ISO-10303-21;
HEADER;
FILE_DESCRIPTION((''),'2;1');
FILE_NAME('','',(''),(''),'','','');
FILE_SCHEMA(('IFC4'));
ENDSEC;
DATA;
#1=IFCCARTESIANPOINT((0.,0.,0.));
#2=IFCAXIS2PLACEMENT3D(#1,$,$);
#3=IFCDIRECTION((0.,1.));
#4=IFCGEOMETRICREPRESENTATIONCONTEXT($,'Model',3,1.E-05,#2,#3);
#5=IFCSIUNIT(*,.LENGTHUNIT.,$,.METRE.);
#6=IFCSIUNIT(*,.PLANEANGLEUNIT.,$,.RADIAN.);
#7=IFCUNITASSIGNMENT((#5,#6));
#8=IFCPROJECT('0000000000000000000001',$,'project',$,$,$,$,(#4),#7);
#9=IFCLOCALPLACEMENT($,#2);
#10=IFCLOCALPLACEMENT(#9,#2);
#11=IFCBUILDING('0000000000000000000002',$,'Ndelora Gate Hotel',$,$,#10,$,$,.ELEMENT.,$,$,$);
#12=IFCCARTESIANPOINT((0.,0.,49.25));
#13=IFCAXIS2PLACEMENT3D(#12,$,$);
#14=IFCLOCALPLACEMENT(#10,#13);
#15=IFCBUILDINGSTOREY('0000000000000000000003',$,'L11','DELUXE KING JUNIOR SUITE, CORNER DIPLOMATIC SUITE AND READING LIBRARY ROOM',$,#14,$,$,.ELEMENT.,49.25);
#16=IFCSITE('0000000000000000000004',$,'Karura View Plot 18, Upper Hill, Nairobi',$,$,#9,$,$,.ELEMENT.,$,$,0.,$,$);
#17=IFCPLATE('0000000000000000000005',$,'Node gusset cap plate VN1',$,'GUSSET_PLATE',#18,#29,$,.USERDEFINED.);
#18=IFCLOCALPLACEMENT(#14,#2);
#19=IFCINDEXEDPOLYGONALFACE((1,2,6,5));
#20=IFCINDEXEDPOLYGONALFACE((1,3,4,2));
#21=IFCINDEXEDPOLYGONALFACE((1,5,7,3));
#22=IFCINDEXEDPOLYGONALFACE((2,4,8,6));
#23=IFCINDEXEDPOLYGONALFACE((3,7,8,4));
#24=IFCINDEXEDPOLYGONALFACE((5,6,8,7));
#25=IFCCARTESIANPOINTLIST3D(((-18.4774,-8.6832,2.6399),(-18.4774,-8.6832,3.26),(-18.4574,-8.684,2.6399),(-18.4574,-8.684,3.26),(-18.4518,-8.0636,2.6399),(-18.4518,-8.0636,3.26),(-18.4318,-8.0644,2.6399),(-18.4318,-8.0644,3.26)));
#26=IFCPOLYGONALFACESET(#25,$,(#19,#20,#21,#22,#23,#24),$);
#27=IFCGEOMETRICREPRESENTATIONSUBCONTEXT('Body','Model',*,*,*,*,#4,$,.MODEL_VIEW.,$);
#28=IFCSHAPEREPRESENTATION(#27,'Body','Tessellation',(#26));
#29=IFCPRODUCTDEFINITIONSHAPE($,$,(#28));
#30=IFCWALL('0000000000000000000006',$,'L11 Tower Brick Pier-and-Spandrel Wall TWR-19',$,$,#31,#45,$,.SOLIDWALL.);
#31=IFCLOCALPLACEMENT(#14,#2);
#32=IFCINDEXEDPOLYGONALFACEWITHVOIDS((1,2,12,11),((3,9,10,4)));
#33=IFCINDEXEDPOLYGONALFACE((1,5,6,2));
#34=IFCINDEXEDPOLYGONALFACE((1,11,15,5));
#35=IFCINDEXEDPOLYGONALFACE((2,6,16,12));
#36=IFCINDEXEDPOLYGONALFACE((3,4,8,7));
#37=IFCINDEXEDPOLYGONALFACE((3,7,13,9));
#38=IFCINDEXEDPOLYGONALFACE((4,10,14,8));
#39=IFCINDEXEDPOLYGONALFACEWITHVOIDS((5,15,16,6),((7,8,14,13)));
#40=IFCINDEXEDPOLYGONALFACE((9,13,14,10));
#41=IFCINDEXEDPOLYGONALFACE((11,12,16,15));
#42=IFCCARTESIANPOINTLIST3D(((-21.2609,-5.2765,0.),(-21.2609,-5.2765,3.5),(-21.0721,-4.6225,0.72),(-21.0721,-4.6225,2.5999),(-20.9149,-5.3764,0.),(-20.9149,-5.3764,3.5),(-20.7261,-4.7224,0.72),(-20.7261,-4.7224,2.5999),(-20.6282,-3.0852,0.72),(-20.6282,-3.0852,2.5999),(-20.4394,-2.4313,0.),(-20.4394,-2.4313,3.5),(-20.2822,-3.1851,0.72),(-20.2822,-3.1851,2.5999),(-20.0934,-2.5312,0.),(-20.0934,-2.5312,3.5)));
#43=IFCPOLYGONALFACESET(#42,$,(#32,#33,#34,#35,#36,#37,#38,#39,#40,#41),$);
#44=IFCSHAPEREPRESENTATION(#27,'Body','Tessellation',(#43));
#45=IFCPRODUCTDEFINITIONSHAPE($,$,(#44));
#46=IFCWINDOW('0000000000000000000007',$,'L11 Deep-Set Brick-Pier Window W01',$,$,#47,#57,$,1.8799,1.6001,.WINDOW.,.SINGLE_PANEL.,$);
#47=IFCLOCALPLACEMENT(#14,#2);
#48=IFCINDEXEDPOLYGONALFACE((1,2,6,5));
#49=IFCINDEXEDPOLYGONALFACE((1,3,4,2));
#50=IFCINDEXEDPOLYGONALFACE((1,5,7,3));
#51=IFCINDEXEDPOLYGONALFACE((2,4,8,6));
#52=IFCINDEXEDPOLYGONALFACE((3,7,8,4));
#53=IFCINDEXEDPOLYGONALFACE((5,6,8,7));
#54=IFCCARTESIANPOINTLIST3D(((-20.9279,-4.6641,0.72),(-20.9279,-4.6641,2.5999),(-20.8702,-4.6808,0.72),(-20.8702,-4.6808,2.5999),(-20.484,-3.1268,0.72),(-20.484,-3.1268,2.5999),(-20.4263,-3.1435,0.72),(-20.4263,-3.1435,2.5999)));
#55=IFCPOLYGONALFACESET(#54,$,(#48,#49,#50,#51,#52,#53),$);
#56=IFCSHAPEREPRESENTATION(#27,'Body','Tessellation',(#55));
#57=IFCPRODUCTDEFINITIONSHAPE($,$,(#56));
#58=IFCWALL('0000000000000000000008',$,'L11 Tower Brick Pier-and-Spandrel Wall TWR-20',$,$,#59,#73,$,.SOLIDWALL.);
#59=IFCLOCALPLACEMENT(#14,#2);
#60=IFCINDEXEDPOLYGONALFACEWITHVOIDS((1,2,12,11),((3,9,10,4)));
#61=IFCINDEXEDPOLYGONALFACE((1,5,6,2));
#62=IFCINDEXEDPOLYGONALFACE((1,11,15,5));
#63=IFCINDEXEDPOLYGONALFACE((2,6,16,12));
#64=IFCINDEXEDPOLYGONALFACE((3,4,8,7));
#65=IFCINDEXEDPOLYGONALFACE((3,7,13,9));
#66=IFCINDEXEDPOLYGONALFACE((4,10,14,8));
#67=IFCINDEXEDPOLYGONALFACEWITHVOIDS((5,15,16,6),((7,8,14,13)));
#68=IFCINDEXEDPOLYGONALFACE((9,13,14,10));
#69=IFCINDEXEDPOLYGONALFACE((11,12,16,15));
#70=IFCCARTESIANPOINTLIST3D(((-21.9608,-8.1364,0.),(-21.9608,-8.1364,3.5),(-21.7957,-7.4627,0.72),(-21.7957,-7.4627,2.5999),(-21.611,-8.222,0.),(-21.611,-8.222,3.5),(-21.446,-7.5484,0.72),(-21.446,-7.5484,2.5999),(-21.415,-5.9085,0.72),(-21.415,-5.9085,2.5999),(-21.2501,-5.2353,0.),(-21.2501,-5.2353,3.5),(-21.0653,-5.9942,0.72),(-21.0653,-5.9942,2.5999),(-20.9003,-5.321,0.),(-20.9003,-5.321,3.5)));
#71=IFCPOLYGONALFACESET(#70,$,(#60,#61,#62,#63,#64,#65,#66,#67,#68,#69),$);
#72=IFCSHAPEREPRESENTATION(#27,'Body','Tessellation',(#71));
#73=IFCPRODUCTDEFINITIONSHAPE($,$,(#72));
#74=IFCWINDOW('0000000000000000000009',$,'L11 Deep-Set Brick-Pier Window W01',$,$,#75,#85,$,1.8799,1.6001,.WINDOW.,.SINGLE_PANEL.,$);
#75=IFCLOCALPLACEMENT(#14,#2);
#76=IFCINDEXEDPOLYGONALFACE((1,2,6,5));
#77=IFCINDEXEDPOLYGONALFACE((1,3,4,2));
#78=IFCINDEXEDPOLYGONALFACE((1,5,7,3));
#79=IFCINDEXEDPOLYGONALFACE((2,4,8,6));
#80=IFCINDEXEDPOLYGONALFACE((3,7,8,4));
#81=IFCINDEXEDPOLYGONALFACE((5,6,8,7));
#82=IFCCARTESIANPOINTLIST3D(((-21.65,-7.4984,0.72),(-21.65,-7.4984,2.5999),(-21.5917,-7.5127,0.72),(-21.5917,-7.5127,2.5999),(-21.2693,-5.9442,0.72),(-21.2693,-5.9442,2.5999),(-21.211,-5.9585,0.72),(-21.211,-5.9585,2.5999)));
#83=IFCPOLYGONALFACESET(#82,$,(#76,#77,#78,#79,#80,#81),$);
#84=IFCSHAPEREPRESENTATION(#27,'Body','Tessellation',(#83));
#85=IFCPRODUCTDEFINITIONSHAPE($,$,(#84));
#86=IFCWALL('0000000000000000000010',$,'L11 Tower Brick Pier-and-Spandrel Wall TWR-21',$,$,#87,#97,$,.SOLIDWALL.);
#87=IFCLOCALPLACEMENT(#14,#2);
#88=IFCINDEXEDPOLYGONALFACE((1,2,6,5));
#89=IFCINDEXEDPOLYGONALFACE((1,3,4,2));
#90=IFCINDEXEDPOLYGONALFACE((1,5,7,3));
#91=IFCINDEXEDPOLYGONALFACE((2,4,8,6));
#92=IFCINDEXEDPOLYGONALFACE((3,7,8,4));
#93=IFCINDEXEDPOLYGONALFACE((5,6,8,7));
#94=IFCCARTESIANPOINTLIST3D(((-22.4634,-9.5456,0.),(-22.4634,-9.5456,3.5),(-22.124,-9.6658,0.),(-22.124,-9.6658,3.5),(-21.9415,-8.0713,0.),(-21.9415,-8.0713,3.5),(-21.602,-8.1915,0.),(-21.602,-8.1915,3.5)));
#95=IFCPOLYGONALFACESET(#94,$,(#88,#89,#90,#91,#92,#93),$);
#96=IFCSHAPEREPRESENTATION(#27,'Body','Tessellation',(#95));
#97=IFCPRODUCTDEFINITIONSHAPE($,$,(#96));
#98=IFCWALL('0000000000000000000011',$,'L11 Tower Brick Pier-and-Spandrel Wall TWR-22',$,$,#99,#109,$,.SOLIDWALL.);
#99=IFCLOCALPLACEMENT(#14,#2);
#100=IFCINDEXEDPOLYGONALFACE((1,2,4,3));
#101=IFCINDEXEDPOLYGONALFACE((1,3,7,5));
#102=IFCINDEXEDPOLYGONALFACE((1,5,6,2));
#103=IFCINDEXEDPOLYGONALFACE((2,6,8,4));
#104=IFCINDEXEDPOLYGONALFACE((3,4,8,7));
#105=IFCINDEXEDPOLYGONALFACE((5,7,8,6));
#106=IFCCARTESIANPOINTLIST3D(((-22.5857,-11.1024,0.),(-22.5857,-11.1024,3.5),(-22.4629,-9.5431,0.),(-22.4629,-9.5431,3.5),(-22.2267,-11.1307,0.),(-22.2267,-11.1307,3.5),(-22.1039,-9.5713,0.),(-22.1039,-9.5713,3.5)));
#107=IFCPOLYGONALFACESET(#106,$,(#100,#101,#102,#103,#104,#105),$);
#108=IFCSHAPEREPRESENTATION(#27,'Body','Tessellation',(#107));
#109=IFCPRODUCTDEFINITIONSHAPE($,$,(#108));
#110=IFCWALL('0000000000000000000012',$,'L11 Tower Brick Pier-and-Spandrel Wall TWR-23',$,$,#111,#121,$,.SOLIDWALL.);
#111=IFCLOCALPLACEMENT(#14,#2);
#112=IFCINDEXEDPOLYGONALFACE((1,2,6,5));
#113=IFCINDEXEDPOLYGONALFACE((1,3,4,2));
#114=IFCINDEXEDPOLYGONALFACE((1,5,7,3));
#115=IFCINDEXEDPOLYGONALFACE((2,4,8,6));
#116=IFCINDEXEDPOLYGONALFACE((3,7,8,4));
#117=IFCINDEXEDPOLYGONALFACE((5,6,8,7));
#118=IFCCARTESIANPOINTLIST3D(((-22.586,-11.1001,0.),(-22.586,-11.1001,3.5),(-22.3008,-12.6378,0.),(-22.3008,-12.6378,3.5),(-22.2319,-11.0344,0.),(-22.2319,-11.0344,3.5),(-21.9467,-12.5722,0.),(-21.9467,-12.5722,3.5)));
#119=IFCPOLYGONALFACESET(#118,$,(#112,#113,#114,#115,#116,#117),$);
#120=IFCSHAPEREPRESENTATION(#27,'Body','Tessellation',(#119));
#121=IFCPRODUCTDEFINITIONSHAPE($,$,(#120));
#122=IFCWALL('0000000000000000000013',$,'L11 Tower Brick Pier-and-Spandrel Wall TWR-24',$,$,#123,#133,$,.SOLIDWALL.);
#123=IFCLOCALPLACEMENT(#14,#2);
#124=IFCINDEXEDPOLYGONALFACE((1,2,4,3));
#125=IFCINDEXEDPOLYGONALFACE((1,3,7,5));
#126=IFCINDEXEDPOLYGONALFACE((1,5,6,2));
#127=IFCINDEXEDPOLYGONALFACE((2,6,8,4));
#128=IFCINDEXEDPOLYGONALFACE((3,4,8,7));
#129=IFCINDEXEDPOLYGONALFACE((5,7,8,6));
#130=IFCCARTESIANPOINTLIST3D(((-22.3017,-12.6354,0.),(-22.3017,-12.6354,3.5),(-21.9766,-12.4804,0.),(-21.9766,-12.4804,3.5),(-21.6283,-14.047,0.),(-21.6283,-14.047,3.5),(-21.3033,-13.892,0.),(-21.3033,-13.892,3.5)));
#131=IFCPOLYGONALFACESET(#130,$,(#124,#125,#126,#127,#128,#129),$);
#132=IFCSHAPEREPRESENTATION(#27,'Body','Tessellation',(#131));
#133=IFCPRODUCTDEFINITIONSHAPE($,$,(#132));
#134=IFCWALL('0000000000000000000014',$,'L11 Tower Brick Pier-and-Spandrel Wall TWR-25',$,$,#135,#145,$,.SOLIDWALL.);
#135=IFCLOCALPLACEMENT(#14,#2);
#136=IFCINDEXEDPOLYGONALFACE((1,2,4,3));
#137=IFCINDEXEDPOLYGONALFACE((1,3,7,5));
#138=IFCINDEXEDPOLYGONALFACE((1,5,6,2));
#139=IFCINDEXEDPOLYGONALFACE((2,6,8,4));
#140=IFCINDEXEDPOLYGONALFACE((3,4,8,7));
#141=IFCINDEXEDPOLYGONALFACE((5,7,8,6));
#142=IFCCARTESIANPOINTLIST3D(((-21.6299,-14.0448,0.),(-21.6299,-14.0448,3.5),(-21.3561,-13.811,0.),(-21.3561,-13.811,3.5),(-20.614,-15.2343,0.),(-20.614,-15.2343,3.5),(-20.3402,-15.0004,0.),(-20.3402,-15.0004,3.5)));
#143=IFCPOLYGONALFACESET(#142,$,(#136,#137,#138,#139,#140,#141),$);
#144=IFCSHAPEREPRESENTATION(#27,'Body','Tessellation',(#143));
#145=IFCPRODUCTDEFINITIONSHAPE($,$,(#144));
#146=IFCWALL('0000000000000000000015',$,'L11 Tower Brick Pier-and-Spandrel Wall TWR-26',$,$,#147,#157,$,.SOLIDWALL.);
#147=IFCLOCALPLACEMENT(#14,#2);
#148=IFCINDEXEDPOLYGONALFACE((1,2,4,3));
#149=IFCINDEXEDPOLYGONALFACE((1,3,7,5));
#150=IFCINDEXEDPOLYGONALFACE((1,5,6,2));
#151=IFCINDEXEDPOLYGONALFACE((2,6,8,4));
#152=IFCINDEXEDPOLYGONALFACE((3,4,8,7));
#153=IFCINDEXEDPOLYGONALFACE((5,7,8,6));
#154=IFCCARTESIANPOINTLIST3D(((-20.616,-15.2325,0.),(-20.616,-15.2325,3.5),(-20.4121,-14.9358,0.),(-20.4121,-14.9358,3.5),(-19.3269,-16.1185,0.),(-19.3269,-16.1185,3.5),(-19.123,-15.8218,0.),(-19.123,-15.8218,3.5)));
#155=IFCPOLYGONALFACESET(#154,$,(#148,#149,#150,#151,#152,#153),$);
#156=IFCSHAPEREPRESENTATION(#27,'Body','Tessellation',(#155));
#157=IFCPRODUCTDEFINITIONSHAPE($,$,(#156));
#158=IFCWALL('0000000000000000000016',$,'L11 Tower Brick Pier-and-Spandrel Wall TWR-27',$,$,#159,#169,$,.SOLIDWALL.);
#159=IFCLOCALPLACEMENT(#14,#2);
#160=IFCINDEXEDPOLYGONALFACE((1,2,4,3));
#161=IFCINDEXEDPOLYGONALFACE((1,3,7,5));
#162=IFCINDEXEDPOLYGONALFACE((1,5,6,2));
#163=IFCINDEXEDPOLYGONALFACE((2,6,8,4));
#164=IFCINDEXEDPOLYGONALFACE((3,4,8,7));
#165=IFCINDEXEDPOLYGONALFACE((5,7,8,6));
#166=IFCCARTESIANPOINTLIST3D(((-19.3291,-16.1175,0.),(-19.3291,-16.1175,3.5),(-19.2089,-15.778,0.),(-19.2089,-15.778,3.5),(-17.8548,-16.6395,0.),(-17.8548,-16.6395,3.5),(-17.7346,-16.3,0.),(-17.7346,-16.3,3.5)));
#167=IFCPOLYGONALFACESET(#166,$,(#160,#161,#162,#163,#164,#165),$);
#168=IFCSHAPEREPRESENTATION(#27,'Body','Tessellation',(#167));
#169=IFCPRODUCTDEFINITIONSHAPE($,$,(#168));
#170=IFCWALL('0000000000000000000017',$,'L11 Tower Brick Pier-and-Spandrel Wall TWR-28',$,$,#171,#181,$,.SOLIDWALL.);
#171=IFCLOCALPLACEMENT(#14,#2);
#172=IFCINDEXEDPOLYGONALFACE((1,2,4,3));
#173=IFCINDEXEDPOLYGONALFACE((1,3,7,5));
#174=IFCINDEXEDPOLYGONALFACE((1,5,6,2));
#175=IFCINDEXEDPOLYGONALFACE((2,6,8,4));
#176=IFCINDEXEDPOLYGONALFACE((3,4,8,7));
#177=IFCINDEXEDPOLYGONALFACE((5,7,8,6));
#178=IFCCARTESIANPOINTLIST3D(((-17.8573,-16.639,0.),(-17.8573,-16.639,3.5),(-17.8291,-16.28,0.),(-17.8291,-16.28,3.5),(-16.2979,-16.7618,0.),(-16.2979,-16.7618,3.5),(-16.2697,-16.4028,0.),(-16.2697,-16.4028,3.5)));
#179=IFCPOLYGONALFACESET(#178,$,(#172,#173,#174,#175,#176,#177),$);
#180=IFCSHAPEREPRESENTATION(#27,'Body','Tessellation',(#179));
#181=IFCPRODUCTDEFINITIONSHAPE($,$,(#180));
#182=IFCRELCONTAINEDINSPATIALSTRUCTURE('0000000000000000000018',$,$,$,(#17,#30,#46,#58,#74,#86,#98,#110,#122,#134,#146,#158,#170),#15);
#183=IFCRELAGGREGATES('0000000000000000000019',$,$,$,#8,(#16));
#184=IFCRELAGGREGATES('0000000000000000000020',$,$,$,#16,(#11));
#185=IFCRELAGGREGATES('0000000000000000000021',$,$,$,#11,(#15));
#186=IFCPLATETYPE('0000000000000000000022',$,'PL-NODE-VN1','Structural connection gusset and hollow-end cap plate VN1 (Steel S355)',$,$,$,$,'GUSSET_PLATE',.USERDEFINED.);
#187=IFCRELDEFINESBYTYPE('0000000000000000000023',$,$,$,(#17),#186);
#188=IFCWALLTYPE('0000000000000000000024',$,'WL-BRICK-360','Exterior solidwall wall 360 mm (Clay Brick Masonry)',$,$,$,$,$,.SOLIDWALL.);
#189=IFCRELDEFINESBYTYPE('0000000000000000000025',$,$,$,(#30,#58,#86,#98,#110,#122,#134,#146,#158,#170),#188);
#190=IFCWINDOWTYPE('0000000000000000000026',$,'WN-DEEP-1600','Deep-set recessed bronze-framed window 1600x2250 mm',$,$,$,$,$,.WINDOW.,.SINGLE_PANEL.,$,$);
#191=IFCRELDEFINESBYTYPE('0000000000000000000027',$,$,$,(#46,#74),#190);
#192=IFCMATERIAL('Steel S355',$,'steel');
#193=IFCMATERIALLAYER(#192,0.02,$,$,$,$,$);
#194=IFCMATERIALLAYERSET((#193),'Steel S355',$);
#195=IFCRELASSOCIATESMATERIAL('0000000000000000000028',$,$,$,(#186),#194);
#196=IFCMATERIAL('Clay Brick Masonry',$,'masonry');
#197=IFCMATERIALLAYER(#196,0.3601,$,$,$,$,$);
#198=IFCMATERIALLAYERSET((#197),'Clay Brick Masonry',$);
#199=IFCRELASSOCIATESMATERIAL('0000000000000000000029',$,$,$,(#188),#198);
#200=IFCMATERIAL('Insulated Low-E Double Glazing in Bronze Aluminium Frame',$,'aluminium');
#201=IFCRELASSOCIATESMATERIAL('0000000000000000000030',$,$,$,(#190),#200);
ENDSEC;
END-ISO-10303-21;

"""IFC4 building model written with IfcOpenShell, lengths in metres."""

from ifc_helpers import new_model, si_unit, direction, frame, frame_2d, origin, origin_2d, place, context, subcontext, project, spatial, rectangle, extrude, material, layer, layer_set, type_object, element, fill, save


model = new_model("IFC4")

# Units and contexts
model_context = context("Model", 3, precision=1e-05, world=origin(), true_north=direction((0.0, 1.0)))
body_context = subcontext(model_context, "Body", "Model", "MODEL_VIEW")
ifc_project = project(units=[si_unit("LENGTHUNIT", "METRE"), si_unit("PLANEANGLEUNIT", "RADIAN")], contexts=[model_context])

# Site, building, storey
site_placement = place(None, origin())
site = spatial("IfcSite", under=ifc_project, at=site_placement, Name="Karura View Plot 18, Upper Hill, Nairobi", CompositionType="ELEMENT", RefElevation=0.0)
building_placement = place(site_placement, origin())
building = spatial("IfcBuilding", under=site, at=building_placement, Name="Ndelora Gate Hotel", CompositionType="ELEMENT")
storey_placement = place(building_placement, frame((0.0, 0.0, 49.25)))
storey = spatial("IfcBuildingStorey", under=building, at=storey_placement, Name="L11", Description="DELUXE KING JUNIOR SUITE, CORNER DIPLOMATIC SUITE AND READING LIBRARY ROOM", CompositionType="ELEMENT", Elevation=49.25)

# Shared definitions
ifc_material_1 = material(Name="Steel S355", Category="steel")

# Plate
ifc_layer_1 = layer(ifc_material_1, 0.02)
ifc_layer_set_1 = layer_set([ifc_layer_1], Name="Steel S355")
plate_type = type_object("IfcPlateType", Name="PL-NODE-VN1", Description="Structural connection gusset and hollow-end cap plate VN1 (Steel S355)", ElementType="GUSSET_PLATE", PredefinedType="USERDEFINED", material=ifc_layer_set_1)
for number, where, z_axis, x_axis, name in (
    (1, (-18.4546, -8.3738, 2.6399), (0.0, 0.0, 1.0), (0.041353, 0.999145, 0.0), "Node gusset cap plate VN1"),
):
    element("IfcPlate", number, at=place(storey_placement, frame(where, z_axis=z_axis, x_axis=x_axis)), inside=storey, type_object=plate_type, Name=name, ObjectType="GUSSET_PLATE", PredefinedType="USERDEFINED", context=body_context, shape_type="SweptSolid", body=[
        extrude(rectangle(XDim=0.6201, YDim=0.02, at=origin_2d()), origin(), (0.0, 0.0, 1.0), 0.6201),
    ])

# Walls, openings, windows
ifc_material_2 = material(Name="Clay Brick Masonry", Category="masonry")
ifc_layer_2 = layer(ifc_material_2, 0.3601)
ifc_layer_set_2 = layer_set([ifc_layer_2], Name="Clay Brick Masonry")
wall_type = type_object("IfcWallType", Name="WL-BRICK-360", Description="Exterior solidwall wall 360 mm (Clay Brick Masonry)", PredefinedType="SOLIDWALL", material=ifc_layer_set_2)
wall_1_placement = place(storey_placement, frame((-21.0879, -5.3264, 0.0), z_axis=(0.0, 0.0, 1.0), x_axis=(0.277409, 0.960752, 0.0)))
wall_1 = element("IfcWall", 2, at=wall_1_placement, inside=storey, type_object=wall_type, Name="L11 Tower Brick Pier-and-Spandrel Wall TWR-19", PredefinedType="SOLIDWALL", context=body_context, shape_type="SweptSolid", body=[
    extrude(rectangle(XDim=2.9614, YDim=0.3601, at=frame_2d((1.4807, 0.0))), origin(), (0.0, 0.0, 1.0), 3.5),
])
opening_1_placement = place(wall_1_placement, frame((0.6807, 0.0, 0.72)))
opening_1 = element("IfcOpeningElement", 3, at=opening_1_placement, cuts=wall_1, PredefinedType="OPENING", context=body_context, shape_type="SweptSolid", body=[
    extrude(rectangle(XDim=1.6001, YDim=1.8799, at=frame_2d((0.8, 0.9399))), frame((0.0, 0.1899, 0.0), z_axis=(0.0, -1.0, 0.0), x_axis=(1.0, 0.0, 0.0)), (0.0, 0.0, 1.0), 0.3801),
])
ifc_material_3 = material(Name="Insulated Low-E Double Glazing in Bronze Aluminium Frame", Category="aluminium")
window_type = type_object("IfcWindowType", Name="WN-DEEP-1600", Description="Deep-set recessed bronze-framed window 1600x2250 mm", PartitioningType="SINGLE_PANEL", PredefinedType="WINDOW", material=ifc_material_3)
window_1_placement = place(opening_1_placement, origin())
window_1 = element("IfcWindow", 4, at=window_1_placement, inside=storey, type_object=window_type, Name="L11 Deep-Set Brick-Pier Window W01", OverallHeight=1.8799, OverallWidth=1.6001, PartitioningType="SINGLE_PANEL", PredefinedType="WINDOW", context=body_context, shape_type="SweptSolid", body=[
    extrude(rectangle(XDim=1.6001, YDim=1.8799, at=frame_2d((0.8, 0.9399))), frame((0.0, 0.03, 0.0), z_axis=(0.0, -1.0, 0.0), x_axis=(1.0, 0.0, 0.0)), (0.0, 0.0, 1.0), 0.0601),
])
fill(opening_1, window_1)
wall_2_placement = place(storey_placement, frame((-21.7859, -8.1792, 0.0), z_axis=(0.0, 0.0, 1.0), x_axis=(0.237936, 0.971281, 0.0)))
wall_2 = element("IfcWall", 5, at=wall_2_placement, inside=storey, type_object=wall_type, Name="L11 Tower Brick Pier-and-Spandrel Wall TWR-20", PredefinedType="SOLIDWALL", context=body_context, shape_type="SweptSolid", body=[
    extrude(rectangle(XDim=2.9868, YDim=0.3601, at=frame_2d((1.4934, 0.0))), origin(), (0.0, 0.0, 1.0), 3.5),
])
opening_2_placement = place(wall_2_placement, frame((0.6936, 0.0, 0.72)))
opening_2 = element("IfcOpeningElement", 6, at=opening_2_placement, cuts=wall_2, PredefinedType="OPENING", context=body_context, shape_type="SweptSolid", body=[
    extrude(rectangle(XDim=1.6001, YDim=1.8799, at=frame_2d((0.8, 0.9399))), frame((0.0, 0.1899, 0.0), z_axis=(0.0, -1.0, 0.0), x_axis=(1.0, 0.0, 0.0)), (0.0, 0.0, 1.0), 0.3801),
])
window_2_placement = place(opening_2_placement, origin())
window_2 = element("IfcWindow", 7, at=window_2_placement, inside=storey, type_object=window_type, Name="L11 Deep-Set Brick-Pier Window W01", OverallHeight=1.8799, OverallWidth=1.6001, PartitioningType="SINGLE_PANEL", PredefinedType="WINDOW", context=body_context, shape_type="SweptSolid", body=[
    extrude(rectangle(XDim=1.6001, YDim=1.8799, at=frame_2d((0.8, 0.9399))), frame((0.0, 0.03, 0.0), z_axis=(0.0, -1.0, 0.0), x_axis=(1.0, 0.0, 0.0)), (0.0, 0.0, 1.0), 0.0601),
])
fill(opening_2, window_2)

# Walls
wall_3_placement = place(storey_placement, frame((-22.2937, -9.6057, 0.0), z_axis=(0.0, 0.0, 1.0), x_axis=(0.333734, 0.942667, 0.0)))
element("IfcWall", 8, at=wall_3_placement, inside=storey, type_object=wall_type, Name="L11 Tower Brick Pier-and-Spandrel Wall TWR-21", PredefinedType="SOLIDWALL", context=body_context, shape_type="SweptSolid", body=[
    extrude(rectangle(XDim=1.564, YDim=0.3601, at=frame_2d((0.782, 0.0))), origin(), (0.0, 0.0, 1.0), 3.5),
])
wall_4_placement = place(storey_placement, frame((-22.4062, -11.1167, 0.0), z_axis=(0.0, 0.0, 1.0), x_axis=(0.078511, 0.996913, 0.0)))
element("IfcWall", 9, at=wall_4_placement, inside=storey, type_object=wall_type, Name="L11 Tower Brick Pier-and-Spandrel Wall TWR-22", PredefinedType="SOLIDWALL", context=body_context, shape_type="SweptSolid", body=[
    extrude(rectangle(XDim=1.5642, YDim=0.3601, at=frame_2d((0.7822, 0.0))), origin(), (0.0, 0.0, 1.0), 3.5),
])
for number, where, z_axis, x_axis, name in (
    (10, (-22.1238, -12.605, 0.0), (0.0, 0.0, 1.0), (-0.182318, 0.98324, 0.0), "L11 Tower Brick Pier-and-Spandrel Wall TWR-23"),
    (11, (-21.4658, -13.9695, 0.0), (0.0, 0.0, 1.0), (-0.430527, 0.902578, 0.0), "L11 Tower Brick Pier-and-Spandrel Wall TWR-24"),
):
    element("IfcWall", number, at=place(storey_placement, frame(where, z_axis=z_axis, x_axis=x_axis)), inside=storey, type_object=wall_type, Name=name, PredefinedType="SOLIDWALL", context=body_context, shape_type="SweptSolid", body=[
        extrude(rectangle(XDim=1.564, YDim=0.3601, at=frame_2d((0.782, 0.0))), origin(), (0.0, 0.0, 1.0), 3.5),
    ])
for number, where, z_axis, x_axis, name in (
    (12, (-20.4771, -15.1174, 0.0), (0.0, 0.0, 1.0), (-0.649441, 0.760412, 0.0), "L11 Tower Brick Pier-and-Spandrel Wall TWR-25"),
    (13, (-19.2249, -15.9702, 0.0), (0.0, 0.0, 1.0), (-0.824115, 0.566423, 0.0), "L11 Tower Brick Pier-and-Spandrel Wall TWR-26"),
):
    element("IfcWall", number, at=place(storey_placement, frame(where, z_axis=z_axis, x_axis=x_axis)), inside=storey, type_object=wall_type, Name=name, PredefinedType="SOLIDWALL", context=body_context, shape_type="SweptSolid", body=[
        extrude(rectangle(XDim=1.5642, YDim=0.3601, at=frame_2d((0.7822, 0.0))), origin(), (0.0, 0.0, 1.0), 3.5),
    ])
wall_5_placement = place(storey_placement, frame((-17.7947, -16.4697, 0.0), z_axis=(0.0, 0.0, 1.0), x_axis=(-0.942667, 0.333734, 0.0)))
element("IfcWall", 14, at=wall_5_placement, inside=storey, type_object=wall_type, Name="L11 Tower Brick Pier-and-Spandrel Wall TWR-27", PredefinedType="SOLIDWALL", context=body_context, shape_type="SweptSolid", body=[
    extrude(rectangle(XDim=1.564, YDim=0.3601, at=frame_2d((0.782, 0.0))), origin(), (0.0, 0.0, 1.0), 3.5),
])
wall_6_placement = place(storey_placement, frame((-16.2837, -16.5823, 0.0), z_axis=(0.0, 0.0, 1.0), x_axis=(-0.996913, 0.078511, 0.0)))
element("IfcWall", 15, at=wall_6_placement, inside=storey, type_object=wall_type, Name="L11 Tower Brick Pier-and-Spandrel Wall TWR-28", PredefinedType="SOLIDWALL", context=body_context, shape_type="SweptSolid", body=[
    extrude(rectangle(XDim=1.5642, YDim=0.3601, at=frame_2d((0.7822, 0.0))), origin(), (0.0, 0.0, 1.0), 3.5),
])

save(model, "model.ifc")
